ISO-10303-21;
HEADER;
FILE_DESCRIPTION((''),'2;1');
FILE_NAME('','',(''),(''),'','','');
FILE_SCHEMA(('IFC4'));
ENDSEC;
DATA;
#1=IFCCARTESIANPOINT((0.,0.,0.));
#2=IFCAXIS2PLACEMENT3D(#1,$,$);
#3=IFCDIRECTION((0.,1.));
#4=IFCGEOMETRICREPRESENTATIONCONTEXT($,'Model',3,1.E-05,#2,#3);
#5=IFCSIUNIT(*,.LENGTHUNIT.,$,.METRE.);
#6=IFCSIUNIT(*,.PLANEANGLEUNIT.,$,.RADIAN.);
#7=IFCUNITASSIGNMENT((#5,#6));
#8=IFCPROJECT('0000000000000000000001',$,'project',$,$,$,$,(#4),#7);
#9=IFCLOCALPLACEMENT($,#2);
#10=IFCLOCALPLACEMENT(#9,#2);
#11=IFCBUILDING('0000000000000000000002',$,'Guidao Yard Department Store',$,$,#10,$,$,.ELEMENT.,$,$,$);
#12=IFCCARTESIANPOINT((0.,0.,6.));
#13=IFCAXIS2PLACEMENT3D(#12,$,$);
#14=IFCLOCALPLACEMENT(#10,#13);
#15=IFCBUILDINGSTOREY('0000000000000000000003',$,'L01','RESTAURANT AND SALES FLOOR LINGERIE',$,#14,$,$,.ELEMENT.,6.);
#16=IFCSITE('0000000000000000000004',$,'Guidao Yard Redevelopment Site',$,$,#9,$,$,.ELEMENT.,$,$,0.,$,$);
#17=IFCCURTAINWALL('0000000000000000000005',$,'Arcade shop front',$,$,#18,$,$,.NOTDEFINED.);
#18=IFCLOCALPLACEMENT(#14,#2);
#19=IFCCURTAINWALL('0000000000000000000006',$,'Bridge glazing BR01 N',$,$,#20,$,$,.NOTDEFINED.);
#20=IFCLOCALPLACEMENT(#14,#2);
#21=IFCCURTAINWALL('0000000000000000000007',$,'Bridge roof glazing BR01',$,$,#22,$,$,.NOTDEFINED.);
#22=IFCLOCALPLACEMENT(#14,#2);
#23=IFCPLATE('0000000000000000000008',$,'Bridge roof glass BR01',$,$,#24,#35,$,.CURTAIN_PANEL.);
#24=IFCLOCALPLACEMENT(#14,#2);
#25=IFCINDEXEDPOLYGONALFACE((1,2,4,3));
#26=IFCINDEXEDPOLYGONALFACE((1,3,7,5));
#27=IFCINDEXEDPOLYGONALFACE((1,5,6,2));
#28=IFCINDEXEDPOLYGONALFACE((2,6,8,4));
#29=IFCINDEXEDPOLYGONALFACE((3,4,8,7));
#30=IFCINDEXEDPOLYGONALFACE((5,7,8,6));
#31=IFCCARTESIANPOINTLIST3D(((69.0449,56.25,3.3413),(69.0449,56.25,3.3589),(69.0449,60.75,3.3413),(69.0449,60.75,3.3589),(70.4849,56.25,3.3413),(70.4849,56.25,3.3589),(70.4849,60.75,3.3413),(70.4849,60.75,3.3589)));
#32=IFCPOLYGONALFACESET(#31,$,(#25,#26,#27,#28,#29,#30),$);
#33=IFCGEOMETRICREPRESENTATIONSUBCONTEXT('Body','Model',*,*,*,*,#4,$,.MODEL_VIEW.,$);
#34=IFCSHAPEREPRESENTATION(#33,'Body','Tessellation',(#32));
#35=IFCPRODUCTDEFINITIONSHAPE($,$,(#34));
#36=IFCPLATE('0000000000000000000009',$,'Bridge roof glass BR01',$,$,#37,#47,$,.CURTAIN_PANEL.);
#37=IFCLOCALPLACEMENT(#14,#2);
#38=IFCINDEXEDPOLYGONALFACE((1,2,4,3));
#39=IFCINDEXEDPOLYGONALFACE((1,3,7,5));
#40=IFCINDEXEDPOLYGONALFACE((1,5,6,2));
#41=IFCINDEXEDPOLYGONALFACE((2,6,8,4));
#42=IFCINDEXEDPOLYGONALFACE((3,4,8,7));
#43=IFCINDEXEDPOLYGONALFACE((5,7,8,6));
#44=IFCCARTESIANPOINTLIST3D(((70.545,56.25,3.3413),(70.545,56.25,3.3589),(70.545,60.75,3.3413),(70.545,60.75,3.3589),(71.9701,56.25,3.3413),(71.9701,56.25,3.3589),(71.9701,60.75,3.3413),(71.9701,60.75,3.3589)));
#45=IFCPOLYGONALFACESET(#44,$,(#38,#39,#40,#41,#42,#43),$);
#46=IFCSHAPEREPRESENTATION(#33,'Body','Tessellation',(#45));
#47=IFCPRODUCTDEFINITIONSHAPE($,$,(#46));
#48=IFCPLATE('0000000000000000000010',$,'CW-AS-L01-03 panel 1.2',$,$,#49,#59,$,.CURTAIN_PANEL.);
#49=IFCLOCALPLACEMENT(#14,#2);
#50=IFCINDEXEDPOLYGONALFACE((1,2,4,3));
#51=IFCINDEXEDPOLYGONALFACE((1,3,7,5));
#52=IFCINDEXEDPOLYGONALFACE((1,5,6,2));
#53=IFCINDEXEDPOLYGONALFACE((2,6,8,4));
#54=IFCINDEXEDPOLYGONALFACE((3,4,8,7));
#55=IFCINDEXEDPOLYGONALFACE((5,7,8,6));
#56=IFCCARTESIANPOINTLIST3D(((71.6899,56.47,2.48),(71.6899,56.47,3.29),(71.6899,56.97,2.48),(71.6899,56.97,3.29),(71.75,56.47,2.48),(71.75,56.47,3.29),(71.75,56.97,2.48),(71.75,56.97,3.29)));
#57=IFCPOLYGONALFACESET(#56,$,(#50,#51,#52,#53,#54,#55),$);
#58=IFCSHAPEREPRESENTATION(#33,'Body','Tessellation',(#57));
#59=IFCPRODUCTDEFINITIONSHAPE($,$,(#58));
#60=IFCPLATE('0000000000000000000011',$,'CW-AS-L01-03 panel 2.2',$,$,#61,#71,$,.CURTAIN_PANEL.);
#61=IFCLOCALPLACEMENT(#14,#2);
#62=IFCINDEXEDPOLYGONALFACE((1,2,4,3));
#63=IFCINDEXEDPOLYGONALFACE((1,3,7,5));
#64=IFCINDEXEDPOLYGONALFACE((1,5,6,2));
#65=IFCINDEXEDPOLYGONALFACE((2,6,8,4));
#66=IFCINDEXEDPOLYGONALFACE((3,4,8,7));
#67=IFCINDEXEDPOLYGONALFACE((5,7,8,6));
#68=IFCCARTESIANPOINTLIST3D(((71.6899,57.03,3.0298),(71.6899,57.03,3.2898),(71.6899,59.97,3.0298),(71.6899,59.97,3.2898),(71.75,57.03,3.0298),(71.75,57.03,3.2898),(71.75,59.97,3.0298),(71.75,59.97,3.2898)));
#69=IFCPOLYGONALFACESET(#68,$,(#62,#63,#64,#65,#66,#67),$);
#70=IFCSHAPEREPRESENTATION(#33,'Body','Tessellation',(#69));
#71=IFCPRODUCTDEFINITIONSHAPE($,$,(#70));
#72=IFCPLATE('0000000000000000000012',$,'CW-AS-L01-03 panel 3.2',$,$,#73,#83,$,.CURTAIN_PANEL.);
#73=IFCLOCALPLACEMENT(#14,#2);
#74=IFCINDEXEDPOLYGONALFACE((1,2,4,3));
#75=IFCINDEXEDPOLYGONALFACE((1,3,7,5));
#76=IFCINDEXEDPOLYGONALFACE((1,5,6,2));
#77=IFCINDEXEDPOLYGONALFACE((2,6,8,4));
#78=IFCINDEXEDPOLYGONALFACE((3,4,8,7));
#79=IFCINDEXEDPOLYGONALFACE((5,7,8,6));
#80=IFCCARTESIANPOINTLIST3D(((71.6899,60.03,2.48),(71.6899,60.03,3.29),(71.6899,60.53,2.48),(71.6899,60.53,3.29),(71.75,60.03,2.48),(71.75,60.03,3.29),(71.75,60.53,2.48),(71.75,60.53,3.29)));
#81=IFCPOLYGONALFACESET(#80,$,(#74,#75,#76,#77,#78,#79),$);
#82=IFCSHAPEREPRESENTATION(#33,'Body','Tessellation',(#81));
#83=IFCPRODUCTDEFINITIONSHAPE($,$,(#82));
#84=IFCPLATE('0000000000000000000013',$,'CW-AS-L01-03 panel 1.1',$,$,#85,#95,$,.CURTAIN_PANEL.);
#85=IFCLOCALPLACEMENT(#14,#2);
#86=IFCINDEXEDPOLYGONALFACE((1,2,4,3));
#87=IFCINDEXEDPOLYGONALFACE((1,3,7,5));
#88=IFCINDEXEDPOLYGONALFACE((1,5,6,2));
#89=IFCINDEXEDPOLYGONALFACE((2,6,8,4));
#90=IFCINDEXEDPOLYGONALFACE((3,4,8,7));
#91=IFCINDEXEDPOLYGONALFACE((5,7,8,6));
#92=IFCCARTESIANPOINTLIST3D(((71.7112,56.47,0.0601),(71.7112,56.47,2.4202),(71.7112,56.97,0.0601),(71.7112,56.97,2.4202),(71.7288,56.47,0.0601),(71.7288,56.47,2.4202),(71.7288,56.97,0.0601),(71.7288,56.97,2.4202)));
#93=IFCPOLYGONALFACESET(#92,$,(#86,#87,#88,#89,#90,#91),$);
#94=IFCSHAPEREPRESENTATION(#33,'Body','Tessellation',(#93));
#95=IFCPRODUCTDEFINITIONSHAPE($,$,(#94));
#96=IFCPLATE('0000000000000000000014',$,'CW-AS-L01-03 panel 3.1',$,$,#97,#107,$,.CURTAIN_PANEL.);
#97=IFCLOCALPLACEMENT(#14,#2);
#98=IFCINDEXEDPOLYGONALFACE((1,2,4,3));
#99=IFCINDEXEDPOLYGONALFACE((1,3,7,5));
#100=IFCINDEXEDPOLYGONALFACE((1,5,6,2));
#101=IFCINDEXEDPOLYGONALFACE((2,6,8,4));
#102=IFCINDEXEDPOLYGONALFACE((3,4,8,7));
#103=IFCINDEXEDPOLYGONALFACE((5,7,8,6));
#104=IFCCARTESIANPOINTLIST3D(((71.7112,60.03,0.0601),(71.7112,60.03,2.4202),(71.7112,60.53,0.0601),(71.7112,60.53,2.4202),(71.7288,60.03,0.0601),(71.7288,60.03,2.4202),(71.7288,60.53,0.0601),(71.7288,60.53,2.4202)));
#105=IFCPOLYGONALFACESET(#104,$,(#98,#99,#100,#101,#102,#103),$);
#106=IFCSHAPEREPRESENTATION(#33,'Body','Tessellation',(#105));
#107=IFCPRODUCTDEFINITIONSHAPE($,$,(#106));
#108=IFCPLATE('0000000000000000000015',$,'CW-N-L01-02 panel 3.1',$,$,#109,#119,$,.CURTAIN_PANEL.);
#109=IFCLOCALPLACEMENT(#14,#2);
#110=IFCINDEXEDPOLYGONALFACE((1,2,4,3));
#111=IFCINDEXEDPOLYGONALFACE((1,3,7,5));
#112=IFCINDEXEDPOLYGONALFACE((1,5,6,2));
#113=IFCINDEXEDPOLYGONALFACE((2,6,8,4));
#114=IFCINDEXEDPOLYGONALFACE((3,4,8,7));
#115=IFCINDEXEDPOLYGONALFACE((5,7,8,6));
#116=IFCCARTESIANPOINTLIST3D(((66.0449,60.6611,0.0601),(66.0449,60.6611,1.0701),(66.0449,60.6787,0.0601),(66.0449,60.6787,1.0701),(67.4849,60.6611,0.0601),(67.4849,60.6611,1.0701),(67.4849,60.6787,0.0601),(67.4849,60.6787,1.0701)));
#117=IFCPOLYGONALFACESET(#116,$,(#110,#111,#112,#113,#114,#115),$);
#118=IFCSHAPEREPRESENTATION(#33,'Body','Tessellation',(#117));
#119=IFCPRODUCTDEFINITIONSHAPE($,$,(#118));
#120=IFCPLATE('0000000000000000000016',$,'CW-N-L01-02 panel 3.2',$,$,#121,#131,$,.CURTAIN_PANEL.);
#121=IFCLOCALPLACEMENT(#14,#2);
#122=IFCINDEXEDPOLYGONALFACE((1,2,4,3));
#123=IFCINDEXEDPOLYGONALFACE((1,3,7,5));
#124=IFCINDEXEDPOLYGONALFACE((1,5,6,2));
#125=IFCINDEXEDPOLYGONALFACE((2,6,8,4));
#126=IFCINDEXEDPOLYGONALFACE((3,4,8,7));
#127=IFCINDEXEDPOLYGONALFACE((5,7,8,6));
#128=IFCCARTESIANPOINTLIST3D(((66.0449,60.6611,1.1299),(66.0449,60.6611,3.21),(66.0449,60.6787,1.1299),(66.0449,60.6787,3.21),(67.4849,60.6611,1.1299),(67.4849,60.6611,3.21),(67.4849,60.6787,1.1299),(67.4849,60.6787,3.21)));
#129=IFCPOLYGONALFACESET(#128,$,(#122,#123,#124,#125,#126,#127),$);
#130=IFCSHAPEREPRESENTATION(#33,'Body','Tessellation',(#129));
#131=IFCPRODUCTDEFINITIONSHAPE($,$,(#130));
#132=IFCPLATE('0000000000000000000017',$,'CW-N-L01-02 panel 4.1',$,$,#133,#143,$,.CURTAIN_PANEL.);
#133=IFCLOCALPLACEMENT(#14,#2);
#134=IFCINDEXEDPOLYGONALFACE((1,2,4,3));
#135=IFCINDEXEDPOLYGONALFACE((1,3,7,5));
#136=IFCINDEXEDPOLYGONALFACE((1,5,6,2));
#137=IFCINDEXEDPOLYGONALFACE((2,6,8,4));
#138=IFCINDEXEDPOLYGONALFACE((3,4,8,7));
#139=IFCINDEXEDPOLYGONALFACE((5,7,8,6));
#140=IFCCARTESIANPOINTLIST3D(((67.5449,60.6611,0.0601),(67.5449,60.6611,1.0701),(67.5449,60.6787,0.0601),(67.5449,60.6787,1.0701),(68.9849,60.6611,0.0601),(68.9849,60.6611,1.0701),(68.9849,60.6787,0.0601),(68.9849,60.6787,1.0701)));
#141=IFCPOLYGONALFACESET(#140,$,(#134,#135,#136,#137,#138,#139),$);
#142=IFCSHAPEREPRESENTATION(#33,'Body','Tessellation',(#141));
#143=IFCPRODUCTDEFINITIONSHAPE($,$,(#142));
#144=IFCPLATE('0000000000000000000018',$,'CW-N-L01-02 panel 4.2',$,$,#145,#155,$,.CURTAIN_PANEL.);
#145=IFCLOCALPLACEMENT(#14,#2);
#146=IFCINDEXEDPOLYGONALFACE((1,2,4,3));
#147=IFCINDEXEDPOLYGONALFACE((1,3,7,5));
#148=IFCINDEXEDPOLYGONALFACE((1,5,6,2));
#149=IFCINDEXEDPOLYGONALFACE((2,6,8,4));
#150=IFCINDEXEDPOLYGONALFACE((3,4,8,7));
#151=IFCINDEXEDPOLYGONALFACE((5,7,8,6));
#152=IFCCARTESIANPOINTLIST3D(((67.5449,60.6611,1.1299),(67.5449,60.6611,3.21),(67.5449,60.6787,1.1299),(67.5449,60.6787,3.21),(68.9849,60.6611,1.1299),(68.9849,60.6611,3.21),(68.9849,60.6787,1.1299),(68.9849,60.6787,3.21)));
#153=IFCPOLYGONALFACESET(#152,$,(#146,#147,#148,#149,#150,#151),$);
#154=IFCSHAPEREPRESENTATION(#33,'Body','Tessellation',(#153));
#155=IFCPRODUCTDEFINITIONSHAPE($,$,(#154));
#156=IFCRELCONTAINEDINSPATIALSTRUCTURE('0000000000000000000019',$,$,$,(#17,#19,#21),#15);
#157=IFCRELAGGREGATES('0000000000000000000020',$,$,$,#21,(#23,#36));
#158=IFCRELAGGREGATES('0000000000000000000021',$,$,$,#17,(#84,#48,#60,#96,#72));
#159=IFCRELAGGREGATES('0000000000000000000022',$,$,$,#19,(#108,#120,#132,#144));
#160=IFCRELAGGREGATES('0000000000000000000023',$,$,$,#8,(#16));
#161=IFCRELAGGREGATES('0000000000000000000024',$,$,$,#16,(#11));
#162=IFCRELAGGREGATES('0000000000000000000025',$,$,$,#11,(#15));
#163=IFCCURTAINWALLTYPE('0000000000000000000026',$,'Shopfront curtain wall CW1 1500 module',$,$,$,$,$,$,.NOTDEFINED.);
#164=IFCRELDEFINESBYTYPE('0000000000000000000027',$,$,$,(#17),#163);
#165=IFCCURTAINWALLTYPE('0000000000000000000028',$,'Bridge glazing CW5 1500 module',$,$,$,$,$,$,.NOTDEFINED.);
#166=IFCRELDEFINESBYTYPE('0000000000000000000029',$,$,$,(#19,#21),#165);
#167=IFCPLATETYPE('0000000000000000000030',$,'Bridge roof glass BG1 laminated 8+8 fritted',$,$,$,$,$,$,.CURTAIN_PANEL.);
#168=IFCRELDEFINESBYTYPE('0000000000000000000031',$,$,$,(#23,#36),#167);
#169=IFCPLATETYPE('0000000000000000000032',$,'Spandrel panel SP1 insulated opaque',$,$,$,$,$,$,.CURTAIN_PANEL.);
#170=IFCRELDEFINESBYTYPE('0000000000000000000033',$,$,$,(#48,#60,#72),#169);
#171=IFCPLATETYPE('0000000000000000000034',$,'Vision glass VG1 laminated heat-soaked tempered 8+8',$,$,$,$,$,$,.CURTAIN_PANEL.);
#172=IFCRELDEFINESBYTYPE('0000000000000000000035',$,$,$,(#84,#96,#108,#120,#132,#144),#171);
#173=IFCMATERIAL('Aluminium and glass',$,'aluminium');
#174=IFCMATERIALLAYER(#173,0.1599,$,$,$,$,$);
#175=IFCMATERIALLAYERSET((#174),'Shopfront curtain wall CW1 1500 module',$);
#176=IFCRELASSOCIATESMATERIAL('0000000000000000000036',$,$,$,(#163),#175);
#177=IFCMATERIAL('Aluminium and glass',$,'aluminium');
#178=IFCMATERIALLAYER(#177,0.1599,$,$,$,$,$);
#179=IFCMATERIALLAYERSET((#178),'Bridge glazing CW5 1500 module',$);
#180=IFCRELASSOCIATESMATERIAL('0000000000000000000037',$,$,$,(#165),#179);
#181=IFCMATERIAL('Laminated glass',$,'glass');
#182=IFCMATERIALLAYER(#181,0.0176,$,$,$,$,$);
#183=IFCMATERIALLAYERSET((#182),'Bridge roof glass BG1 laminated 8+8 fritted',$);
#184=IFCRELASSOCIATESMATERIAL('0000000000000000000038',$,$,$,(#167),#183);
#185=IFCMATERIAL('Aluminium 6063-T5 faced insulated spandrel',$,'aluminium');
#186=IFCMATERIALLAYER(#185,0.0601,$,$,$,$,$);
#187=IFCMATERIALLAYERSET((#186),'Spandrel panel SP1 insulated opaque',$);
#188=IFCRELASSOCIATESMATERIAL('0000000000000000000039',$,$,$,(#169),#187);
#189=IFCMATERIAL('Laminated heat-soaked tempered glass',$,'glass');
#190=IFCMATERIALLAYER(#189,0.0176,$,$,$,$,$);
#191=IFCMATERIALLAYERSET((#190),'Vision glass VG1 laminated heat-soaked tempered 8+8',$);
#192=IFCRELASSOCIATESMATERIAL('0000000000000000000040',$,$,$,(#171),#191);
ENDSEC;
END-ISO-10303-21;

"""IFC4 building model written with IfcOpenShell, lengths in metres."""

from ifc_helpers import new_model, si_unit, direction, frame, origin, origin_2d, place, context, subcontext, project, spatial, rectangle, extrude, material, layer, layer_set, type_object, element, aggregate, save


model = new_model("IFC4")

# Units and contexts
model_context = context("Model", 3, precision=1e-05, world=origin(), true_north=direction((0.0, 1.0)))
body_context = subcontext(model_context, "Body", "Model", "MODEL_VIEW")
ifc_project = project(units=[si_unit("LENGTHUNIT", "METRE"), si_unit("PLANEANGLEUNIT", "RADIAN")], contexts=[model_context])

# Site, building, storey
site_placement = place(None, origin())
site = spatial("IfcSite", under=ifc_project, at=site_placement, Name="Guidao Yard Redevelopment Site", CompositionType="ELEMENT", RefElevation=0.0)
building_placement = place(site_placement, origin())
building = spatial("IfcBuilding", under=site, at=building_placement, Name="Guidao Yard Department Store", CompositionType="ELEMENT")
storey_placement = place(building_placement, frame((0.0, 0.0, 6.0)))
storey = spatial("IfcBuildingStorey", under=building, at=storey_placement, Name="L01", Description="RESTAURANT AND SALES FLOOR LINGERIE", CompositionType="ELEMENT", Elevation=6.0)

# Curtain walls
ifc_material_1 = material(Name="Aluminium and glass", Category="aluminium")
ifc_layer_1 = layer(ifc_material_1, 0.1599)
ifc_layer_set_1 = layer_set([ifc_layer_1], Name="Shopfront curtain wall CW1 1500 module")
curtain_wall_type_1 = type_object("IfcCurtainWallType", Name="Shopfront curtain wall CW1 1500 module", PredefinedType="NOTDEFINED", material=ifc_layer_set_1)
curtain_wall_1_placement = place(storey_placement, origin())
curtain_wall_1 = element("IfcCurtainWall", 1, at=curtain_wall_1_placement, inside=storey, type_object=curtain_wall_type_1, Name="Arcade shop front", PredefinedType="NOTDEFINED")
ifc_material_2 = material(Name="Aluminium and glass", Category="aluminium")
ifc_layer_2 = layer(ifc_material_2, 0.1599)
ifc_layer_set_2 = layer_set([ifc_layer_2], Name="Bridge glazing CW5 1500 module")
curtain_wall_type_2 = type_object("IfcCurtainWallType", Name="Bridge glazing CW5 1500 module", PredefinedType="NOTDEFINED", material=ifc_layer_set_2)
curtain_wall_2_placement = place(storey_placement, origin())
curtain_wall_2 = element("IfcCurtainWall", 2, at=curtain_wall_2_placement, inside=storey, type_object=curtain_wall_type_2, Name="Bridge glazing BR01 N", PredefinedType="NOTDEFINED")

# Curtain wall, plates
curtain_wall_3_placement = place(storey_placement, origin())
curtain_wall_3 = element("IfcCurtainWall", 3, at=curtain_wall_3_placement, inside=storey, type_object=curtain_wall_type_2, Name="Bridge roof glazing BR01", PredefinedType="NOTDEFINED")
ifc_material_3 = material(Name="Laminated glass", Category="glass")
ifc_layer_3 = layer(ifc_material_3, 0.0176)
ifc_layer_set_3 = layer_set([ifc_layer_3], Name="Bridge roof glass BG1 laminated 8+8 fritted")
plate_type_1 = type_object("IfcPlateType", Name="Bridge roof glass BG1 laminated 8+8 fritted", PredefinedType="CURTAIN_PANEL", material=ifc_layer_set_3)
plate_1_placement = place(storey_placement, frame((69.7649, 58.5, 3.3413), z_axis=(0.0, 0.0, 1.0), x_axis=(1.0, 0.0, 0.0)))
plate_1 = element("IfcPlate", 4, at=plate_1_placement, type_object=plate_type_1, Name="Bridge roof glass BR01", PredefinedType="CURTAIN_PANEL", context=body_context, shape_type="SweptSolid", body=[
    extrude(rectangle(XDim=1.4399, YDim=4.5, at=origin_2d()), origin(), (0.0, 0.0, 1.0), 0.0176),
])
plate_2_placement = place(storey_placement, frame((71.2576, 58.5, 3.3413), z_axis=(0.0, 0.0, 1.0), x_axis=(1.0, 0.0, 0.0)))
plate_2 = element("IfcPlate", 5, at=plate_2_placement, type_object=plate_type_1, Name="Bridge roof glass BR01", PredefinedType="CURTAIN_PANEL", context=body_context, shape_type="SweptSolid", body=[
    extrude(rectangle(XDim=1.425, YDim=4.5, at=origin_2d()), origin(), (0.0, 0.0, 1.0), 0.0176),
])
aggregate(curtain_wall_3, [plate_1, plate_2])

# Plates
ifc_material_4 = material(Name="Aluminium 6063-T5 faced insulated spandrel", Category="aluminium")
ifc_layer_4 = layer(ifc_material_4, 0.0601)
ifc_layer_set_4 = layer_set([ifc_layer_4], Name="Spandrel panel SP1 insulated opaque")
plate_type_2 = type_object("IfcPlateType", Name="Spandrel panel SP1 insulated opaque", PredefinedType="CURTAIN_PANEL", material=ifc_layer_set_4)
plate_3_placement = place(storey_placement, frame((71.72, 56.72, 2.48), z_axis=(0.0, 0.0, 1.0), x_axis=(0.0, 1.0, 0.0)))
plate_3 = element("IfcPlate", 6, at=plate_3_placement, type_object=plate_type_2, Name="CW-AS-L01-03 panel 1.2", PredefinedType="CURTAIN_PANEL", context=body_context, shape_type="SweptSolid", body=[
    extrude(rectangle(XDim=0.5, YDim=0.0601, at=origin_2d()), origin(), (0.0, 0.0, 1.0), 0.8101),
])
plate_4_placement = place(storey_placement, frame((71.72, 58.5, 3.0298), z_axis=(0.0, 0.0, 1.0), x_axis=(0.0, 1.0, 0.0)))
plate_4 = element("IfcPlate", 7, at=plate_4_placement, type_object=plate_type_2, Name="CW-AS-L01-03 panel 2.2", PredefinedType="CURTAIN_PANEL", context=body_context, shape_type="SweptSolid", body=[
    extrude(rectangle(XDim=2.9399, YDim=0.0601, at=origin_2d()), origin(), (0.0, 0.0, 1.0), 0.26),
])
plate_5_placement = place(storey_placement, frame((71.72, 60.28, 2.48), z_axis=(0.0, 0.0, 1.0), x_axis=(0.0, 1.0, 0.0)))
plate_5 = element("IfcPlate", 8, at=plate_5_placement, type_object=plate_type_2, Name="CW-AS-L01-03 panel 3.2", PredefinedType="CURTAIN_PANEL", context=body_context, shape_type="SweptSolid", body=[
    extrude(rectangle(XDim=0.5, YDim=0.0601, at=origin_2d()), origin(), (0.0, 0.0, 1.0), 0.8101),
])
ifc_material_5 = material(Name="Laminated heat-soaked tempered glass", Category="glass")
ifc_layer_5 = layer(ifc_material_5, 0.0176)
ifc_layer_set_5 = layer_set([ifc_layer_5], Name="Vision glass VG1 laminated heat-soaked tempered 8+8")
plate_type_3 = type_object("IfcPlateType", Name="Vision glass VG1 laminated heat-soaked tempered 8+8", PredefinedType="CURTAIN_PANEL", material=ifc_layer_set_5)
plate_6_placement = place(storey_placement, frame((71.72, 56.72, 0.0601), z_axis=(0.0, 0.0, 1.0), x_axis=(0.0, 1.0, 0.0)))
plate_6 = element("IfcPlate", 9, at=plate_6_placement, type_object=plate_type_3, Name="CW-AS-L01-03 panel 1.1", PredefinedType="CURTAIN_PANEL", context=body_context, shape_type="SweptSolid", body=[
    extrude(rectangle(XDim=0.5, YDim=0.0176, at=origin_2d()), origin(), (0.0, 0.0, 1.0), 2.3601),
])
plate_7_placement = place(storey_placement, frame((71.72, 60.28, 0.0601), z_axis=(0.0, 0.0, 1.0), x_axis=(0.0, 1.0, 0.0)))
plate_7 = element("IfcPlate", 10, at=plate_7_placement, type_object=plate_type_3, Name="CW-AS-L01-03 panel 3.1", PredefinedType="CURTAIN_PANEL", context=body_context, shape_type="SweptSolid", body=[
    extrude(rectangle(XDim=0.5, YDim=0.0176, at=origin_2d()), origin(), (0.0, 0.0, 1.0), 2.3601),
])
aggregate(curtain_wall_1, [plate_6, plate_3, plate_4, plate_7, plate_5])
plate_8_placement = place(storey_placement, frame((66.7649, 60.6699, 0.0601), z_axis=(0.0, 0.0, 1.0), x_axis=(1.0, 0.0, 0.0)))
plate_8 = element("IfcPlate", 11, at=plate_8_placement, type_object=plate_type_3, Name="CW-N-L01-02 panel 3.1", PredefinedType="CURTAIN_PANEL", context=body_context, shape_type="SweptSolid", body=[
    extrude(rectangle(XDim=1.4399, YDim=0.0176, at=origin_2d()), origin(), (0.0, 0.0, 1.0), 1.01),
])
plate_9_placement = place(storey_placement, frame((66.7649, 60.6699, 1.1299), z_axis=(0.0, 0.0, 1.0), x_axis=(1.0, 0.0, 0.0)))
plate_9 = element("IfcPlate", 12, at=plate_9_placement, type_object=plate_type_3, Name="CW-N-L01-02 panel 3.2", PredefinedType="CURTAIN_PANEL", context=body_context, shape_type="SweptSolid", body=[
    extrude(rectangle(XDim=1.4399, YDim=0.0176, at=origin_2d()), origin(), (0.0, 0.0, 1.0), 2.0801),
])
plate_10_placement = place(storey_placement, frame((68.2649, 60.6699, 0.0601), z_axis=(0.0, 0.0, 1.0), x_axis=(1.0, 0.0, 0.0)))
plate_10 = element("IfcPlate", 13, at=plate_10_placement, type_object=plate_type_3, Name="CW-N-L01-02 panel 4.1", PredefinedType="CURTAIN_PANEL", context=body_context, shape_type="SweptSolid", body=[
    extrude(rectangle(XDim=1.4399, YDim=0.0176, at=origin_2d()), origin(), (0.0, 0.0, 1.0), 1.01),
])
plate_11_placement = place(storey_placement, frame((68.2649, 60.6699, 1.1299), z_axis=(0.0, 0.0, 1.0), x_axis=(1.0, 0.0, 0.0)))
plate_11 = element("IfcPlate", 14, at=plate_11_placement, type_object=plate_type_3, Name="CW-N-L01-02 panel 4.2", PredefinedType="CURTAIN_PANEL", context=body_context, shape_type="SweptSolid", body=[
    extrude(rectangle(XDim=1.4399, YDim=0.0176, at=origin_2d()), origin(), (0.0, 0.0, 1.0), 2.0801),
])
aggregate(curtain_wall_2, [plate_8, plate_9, plate_10, plate_11])

save(model, "model.ifc")
